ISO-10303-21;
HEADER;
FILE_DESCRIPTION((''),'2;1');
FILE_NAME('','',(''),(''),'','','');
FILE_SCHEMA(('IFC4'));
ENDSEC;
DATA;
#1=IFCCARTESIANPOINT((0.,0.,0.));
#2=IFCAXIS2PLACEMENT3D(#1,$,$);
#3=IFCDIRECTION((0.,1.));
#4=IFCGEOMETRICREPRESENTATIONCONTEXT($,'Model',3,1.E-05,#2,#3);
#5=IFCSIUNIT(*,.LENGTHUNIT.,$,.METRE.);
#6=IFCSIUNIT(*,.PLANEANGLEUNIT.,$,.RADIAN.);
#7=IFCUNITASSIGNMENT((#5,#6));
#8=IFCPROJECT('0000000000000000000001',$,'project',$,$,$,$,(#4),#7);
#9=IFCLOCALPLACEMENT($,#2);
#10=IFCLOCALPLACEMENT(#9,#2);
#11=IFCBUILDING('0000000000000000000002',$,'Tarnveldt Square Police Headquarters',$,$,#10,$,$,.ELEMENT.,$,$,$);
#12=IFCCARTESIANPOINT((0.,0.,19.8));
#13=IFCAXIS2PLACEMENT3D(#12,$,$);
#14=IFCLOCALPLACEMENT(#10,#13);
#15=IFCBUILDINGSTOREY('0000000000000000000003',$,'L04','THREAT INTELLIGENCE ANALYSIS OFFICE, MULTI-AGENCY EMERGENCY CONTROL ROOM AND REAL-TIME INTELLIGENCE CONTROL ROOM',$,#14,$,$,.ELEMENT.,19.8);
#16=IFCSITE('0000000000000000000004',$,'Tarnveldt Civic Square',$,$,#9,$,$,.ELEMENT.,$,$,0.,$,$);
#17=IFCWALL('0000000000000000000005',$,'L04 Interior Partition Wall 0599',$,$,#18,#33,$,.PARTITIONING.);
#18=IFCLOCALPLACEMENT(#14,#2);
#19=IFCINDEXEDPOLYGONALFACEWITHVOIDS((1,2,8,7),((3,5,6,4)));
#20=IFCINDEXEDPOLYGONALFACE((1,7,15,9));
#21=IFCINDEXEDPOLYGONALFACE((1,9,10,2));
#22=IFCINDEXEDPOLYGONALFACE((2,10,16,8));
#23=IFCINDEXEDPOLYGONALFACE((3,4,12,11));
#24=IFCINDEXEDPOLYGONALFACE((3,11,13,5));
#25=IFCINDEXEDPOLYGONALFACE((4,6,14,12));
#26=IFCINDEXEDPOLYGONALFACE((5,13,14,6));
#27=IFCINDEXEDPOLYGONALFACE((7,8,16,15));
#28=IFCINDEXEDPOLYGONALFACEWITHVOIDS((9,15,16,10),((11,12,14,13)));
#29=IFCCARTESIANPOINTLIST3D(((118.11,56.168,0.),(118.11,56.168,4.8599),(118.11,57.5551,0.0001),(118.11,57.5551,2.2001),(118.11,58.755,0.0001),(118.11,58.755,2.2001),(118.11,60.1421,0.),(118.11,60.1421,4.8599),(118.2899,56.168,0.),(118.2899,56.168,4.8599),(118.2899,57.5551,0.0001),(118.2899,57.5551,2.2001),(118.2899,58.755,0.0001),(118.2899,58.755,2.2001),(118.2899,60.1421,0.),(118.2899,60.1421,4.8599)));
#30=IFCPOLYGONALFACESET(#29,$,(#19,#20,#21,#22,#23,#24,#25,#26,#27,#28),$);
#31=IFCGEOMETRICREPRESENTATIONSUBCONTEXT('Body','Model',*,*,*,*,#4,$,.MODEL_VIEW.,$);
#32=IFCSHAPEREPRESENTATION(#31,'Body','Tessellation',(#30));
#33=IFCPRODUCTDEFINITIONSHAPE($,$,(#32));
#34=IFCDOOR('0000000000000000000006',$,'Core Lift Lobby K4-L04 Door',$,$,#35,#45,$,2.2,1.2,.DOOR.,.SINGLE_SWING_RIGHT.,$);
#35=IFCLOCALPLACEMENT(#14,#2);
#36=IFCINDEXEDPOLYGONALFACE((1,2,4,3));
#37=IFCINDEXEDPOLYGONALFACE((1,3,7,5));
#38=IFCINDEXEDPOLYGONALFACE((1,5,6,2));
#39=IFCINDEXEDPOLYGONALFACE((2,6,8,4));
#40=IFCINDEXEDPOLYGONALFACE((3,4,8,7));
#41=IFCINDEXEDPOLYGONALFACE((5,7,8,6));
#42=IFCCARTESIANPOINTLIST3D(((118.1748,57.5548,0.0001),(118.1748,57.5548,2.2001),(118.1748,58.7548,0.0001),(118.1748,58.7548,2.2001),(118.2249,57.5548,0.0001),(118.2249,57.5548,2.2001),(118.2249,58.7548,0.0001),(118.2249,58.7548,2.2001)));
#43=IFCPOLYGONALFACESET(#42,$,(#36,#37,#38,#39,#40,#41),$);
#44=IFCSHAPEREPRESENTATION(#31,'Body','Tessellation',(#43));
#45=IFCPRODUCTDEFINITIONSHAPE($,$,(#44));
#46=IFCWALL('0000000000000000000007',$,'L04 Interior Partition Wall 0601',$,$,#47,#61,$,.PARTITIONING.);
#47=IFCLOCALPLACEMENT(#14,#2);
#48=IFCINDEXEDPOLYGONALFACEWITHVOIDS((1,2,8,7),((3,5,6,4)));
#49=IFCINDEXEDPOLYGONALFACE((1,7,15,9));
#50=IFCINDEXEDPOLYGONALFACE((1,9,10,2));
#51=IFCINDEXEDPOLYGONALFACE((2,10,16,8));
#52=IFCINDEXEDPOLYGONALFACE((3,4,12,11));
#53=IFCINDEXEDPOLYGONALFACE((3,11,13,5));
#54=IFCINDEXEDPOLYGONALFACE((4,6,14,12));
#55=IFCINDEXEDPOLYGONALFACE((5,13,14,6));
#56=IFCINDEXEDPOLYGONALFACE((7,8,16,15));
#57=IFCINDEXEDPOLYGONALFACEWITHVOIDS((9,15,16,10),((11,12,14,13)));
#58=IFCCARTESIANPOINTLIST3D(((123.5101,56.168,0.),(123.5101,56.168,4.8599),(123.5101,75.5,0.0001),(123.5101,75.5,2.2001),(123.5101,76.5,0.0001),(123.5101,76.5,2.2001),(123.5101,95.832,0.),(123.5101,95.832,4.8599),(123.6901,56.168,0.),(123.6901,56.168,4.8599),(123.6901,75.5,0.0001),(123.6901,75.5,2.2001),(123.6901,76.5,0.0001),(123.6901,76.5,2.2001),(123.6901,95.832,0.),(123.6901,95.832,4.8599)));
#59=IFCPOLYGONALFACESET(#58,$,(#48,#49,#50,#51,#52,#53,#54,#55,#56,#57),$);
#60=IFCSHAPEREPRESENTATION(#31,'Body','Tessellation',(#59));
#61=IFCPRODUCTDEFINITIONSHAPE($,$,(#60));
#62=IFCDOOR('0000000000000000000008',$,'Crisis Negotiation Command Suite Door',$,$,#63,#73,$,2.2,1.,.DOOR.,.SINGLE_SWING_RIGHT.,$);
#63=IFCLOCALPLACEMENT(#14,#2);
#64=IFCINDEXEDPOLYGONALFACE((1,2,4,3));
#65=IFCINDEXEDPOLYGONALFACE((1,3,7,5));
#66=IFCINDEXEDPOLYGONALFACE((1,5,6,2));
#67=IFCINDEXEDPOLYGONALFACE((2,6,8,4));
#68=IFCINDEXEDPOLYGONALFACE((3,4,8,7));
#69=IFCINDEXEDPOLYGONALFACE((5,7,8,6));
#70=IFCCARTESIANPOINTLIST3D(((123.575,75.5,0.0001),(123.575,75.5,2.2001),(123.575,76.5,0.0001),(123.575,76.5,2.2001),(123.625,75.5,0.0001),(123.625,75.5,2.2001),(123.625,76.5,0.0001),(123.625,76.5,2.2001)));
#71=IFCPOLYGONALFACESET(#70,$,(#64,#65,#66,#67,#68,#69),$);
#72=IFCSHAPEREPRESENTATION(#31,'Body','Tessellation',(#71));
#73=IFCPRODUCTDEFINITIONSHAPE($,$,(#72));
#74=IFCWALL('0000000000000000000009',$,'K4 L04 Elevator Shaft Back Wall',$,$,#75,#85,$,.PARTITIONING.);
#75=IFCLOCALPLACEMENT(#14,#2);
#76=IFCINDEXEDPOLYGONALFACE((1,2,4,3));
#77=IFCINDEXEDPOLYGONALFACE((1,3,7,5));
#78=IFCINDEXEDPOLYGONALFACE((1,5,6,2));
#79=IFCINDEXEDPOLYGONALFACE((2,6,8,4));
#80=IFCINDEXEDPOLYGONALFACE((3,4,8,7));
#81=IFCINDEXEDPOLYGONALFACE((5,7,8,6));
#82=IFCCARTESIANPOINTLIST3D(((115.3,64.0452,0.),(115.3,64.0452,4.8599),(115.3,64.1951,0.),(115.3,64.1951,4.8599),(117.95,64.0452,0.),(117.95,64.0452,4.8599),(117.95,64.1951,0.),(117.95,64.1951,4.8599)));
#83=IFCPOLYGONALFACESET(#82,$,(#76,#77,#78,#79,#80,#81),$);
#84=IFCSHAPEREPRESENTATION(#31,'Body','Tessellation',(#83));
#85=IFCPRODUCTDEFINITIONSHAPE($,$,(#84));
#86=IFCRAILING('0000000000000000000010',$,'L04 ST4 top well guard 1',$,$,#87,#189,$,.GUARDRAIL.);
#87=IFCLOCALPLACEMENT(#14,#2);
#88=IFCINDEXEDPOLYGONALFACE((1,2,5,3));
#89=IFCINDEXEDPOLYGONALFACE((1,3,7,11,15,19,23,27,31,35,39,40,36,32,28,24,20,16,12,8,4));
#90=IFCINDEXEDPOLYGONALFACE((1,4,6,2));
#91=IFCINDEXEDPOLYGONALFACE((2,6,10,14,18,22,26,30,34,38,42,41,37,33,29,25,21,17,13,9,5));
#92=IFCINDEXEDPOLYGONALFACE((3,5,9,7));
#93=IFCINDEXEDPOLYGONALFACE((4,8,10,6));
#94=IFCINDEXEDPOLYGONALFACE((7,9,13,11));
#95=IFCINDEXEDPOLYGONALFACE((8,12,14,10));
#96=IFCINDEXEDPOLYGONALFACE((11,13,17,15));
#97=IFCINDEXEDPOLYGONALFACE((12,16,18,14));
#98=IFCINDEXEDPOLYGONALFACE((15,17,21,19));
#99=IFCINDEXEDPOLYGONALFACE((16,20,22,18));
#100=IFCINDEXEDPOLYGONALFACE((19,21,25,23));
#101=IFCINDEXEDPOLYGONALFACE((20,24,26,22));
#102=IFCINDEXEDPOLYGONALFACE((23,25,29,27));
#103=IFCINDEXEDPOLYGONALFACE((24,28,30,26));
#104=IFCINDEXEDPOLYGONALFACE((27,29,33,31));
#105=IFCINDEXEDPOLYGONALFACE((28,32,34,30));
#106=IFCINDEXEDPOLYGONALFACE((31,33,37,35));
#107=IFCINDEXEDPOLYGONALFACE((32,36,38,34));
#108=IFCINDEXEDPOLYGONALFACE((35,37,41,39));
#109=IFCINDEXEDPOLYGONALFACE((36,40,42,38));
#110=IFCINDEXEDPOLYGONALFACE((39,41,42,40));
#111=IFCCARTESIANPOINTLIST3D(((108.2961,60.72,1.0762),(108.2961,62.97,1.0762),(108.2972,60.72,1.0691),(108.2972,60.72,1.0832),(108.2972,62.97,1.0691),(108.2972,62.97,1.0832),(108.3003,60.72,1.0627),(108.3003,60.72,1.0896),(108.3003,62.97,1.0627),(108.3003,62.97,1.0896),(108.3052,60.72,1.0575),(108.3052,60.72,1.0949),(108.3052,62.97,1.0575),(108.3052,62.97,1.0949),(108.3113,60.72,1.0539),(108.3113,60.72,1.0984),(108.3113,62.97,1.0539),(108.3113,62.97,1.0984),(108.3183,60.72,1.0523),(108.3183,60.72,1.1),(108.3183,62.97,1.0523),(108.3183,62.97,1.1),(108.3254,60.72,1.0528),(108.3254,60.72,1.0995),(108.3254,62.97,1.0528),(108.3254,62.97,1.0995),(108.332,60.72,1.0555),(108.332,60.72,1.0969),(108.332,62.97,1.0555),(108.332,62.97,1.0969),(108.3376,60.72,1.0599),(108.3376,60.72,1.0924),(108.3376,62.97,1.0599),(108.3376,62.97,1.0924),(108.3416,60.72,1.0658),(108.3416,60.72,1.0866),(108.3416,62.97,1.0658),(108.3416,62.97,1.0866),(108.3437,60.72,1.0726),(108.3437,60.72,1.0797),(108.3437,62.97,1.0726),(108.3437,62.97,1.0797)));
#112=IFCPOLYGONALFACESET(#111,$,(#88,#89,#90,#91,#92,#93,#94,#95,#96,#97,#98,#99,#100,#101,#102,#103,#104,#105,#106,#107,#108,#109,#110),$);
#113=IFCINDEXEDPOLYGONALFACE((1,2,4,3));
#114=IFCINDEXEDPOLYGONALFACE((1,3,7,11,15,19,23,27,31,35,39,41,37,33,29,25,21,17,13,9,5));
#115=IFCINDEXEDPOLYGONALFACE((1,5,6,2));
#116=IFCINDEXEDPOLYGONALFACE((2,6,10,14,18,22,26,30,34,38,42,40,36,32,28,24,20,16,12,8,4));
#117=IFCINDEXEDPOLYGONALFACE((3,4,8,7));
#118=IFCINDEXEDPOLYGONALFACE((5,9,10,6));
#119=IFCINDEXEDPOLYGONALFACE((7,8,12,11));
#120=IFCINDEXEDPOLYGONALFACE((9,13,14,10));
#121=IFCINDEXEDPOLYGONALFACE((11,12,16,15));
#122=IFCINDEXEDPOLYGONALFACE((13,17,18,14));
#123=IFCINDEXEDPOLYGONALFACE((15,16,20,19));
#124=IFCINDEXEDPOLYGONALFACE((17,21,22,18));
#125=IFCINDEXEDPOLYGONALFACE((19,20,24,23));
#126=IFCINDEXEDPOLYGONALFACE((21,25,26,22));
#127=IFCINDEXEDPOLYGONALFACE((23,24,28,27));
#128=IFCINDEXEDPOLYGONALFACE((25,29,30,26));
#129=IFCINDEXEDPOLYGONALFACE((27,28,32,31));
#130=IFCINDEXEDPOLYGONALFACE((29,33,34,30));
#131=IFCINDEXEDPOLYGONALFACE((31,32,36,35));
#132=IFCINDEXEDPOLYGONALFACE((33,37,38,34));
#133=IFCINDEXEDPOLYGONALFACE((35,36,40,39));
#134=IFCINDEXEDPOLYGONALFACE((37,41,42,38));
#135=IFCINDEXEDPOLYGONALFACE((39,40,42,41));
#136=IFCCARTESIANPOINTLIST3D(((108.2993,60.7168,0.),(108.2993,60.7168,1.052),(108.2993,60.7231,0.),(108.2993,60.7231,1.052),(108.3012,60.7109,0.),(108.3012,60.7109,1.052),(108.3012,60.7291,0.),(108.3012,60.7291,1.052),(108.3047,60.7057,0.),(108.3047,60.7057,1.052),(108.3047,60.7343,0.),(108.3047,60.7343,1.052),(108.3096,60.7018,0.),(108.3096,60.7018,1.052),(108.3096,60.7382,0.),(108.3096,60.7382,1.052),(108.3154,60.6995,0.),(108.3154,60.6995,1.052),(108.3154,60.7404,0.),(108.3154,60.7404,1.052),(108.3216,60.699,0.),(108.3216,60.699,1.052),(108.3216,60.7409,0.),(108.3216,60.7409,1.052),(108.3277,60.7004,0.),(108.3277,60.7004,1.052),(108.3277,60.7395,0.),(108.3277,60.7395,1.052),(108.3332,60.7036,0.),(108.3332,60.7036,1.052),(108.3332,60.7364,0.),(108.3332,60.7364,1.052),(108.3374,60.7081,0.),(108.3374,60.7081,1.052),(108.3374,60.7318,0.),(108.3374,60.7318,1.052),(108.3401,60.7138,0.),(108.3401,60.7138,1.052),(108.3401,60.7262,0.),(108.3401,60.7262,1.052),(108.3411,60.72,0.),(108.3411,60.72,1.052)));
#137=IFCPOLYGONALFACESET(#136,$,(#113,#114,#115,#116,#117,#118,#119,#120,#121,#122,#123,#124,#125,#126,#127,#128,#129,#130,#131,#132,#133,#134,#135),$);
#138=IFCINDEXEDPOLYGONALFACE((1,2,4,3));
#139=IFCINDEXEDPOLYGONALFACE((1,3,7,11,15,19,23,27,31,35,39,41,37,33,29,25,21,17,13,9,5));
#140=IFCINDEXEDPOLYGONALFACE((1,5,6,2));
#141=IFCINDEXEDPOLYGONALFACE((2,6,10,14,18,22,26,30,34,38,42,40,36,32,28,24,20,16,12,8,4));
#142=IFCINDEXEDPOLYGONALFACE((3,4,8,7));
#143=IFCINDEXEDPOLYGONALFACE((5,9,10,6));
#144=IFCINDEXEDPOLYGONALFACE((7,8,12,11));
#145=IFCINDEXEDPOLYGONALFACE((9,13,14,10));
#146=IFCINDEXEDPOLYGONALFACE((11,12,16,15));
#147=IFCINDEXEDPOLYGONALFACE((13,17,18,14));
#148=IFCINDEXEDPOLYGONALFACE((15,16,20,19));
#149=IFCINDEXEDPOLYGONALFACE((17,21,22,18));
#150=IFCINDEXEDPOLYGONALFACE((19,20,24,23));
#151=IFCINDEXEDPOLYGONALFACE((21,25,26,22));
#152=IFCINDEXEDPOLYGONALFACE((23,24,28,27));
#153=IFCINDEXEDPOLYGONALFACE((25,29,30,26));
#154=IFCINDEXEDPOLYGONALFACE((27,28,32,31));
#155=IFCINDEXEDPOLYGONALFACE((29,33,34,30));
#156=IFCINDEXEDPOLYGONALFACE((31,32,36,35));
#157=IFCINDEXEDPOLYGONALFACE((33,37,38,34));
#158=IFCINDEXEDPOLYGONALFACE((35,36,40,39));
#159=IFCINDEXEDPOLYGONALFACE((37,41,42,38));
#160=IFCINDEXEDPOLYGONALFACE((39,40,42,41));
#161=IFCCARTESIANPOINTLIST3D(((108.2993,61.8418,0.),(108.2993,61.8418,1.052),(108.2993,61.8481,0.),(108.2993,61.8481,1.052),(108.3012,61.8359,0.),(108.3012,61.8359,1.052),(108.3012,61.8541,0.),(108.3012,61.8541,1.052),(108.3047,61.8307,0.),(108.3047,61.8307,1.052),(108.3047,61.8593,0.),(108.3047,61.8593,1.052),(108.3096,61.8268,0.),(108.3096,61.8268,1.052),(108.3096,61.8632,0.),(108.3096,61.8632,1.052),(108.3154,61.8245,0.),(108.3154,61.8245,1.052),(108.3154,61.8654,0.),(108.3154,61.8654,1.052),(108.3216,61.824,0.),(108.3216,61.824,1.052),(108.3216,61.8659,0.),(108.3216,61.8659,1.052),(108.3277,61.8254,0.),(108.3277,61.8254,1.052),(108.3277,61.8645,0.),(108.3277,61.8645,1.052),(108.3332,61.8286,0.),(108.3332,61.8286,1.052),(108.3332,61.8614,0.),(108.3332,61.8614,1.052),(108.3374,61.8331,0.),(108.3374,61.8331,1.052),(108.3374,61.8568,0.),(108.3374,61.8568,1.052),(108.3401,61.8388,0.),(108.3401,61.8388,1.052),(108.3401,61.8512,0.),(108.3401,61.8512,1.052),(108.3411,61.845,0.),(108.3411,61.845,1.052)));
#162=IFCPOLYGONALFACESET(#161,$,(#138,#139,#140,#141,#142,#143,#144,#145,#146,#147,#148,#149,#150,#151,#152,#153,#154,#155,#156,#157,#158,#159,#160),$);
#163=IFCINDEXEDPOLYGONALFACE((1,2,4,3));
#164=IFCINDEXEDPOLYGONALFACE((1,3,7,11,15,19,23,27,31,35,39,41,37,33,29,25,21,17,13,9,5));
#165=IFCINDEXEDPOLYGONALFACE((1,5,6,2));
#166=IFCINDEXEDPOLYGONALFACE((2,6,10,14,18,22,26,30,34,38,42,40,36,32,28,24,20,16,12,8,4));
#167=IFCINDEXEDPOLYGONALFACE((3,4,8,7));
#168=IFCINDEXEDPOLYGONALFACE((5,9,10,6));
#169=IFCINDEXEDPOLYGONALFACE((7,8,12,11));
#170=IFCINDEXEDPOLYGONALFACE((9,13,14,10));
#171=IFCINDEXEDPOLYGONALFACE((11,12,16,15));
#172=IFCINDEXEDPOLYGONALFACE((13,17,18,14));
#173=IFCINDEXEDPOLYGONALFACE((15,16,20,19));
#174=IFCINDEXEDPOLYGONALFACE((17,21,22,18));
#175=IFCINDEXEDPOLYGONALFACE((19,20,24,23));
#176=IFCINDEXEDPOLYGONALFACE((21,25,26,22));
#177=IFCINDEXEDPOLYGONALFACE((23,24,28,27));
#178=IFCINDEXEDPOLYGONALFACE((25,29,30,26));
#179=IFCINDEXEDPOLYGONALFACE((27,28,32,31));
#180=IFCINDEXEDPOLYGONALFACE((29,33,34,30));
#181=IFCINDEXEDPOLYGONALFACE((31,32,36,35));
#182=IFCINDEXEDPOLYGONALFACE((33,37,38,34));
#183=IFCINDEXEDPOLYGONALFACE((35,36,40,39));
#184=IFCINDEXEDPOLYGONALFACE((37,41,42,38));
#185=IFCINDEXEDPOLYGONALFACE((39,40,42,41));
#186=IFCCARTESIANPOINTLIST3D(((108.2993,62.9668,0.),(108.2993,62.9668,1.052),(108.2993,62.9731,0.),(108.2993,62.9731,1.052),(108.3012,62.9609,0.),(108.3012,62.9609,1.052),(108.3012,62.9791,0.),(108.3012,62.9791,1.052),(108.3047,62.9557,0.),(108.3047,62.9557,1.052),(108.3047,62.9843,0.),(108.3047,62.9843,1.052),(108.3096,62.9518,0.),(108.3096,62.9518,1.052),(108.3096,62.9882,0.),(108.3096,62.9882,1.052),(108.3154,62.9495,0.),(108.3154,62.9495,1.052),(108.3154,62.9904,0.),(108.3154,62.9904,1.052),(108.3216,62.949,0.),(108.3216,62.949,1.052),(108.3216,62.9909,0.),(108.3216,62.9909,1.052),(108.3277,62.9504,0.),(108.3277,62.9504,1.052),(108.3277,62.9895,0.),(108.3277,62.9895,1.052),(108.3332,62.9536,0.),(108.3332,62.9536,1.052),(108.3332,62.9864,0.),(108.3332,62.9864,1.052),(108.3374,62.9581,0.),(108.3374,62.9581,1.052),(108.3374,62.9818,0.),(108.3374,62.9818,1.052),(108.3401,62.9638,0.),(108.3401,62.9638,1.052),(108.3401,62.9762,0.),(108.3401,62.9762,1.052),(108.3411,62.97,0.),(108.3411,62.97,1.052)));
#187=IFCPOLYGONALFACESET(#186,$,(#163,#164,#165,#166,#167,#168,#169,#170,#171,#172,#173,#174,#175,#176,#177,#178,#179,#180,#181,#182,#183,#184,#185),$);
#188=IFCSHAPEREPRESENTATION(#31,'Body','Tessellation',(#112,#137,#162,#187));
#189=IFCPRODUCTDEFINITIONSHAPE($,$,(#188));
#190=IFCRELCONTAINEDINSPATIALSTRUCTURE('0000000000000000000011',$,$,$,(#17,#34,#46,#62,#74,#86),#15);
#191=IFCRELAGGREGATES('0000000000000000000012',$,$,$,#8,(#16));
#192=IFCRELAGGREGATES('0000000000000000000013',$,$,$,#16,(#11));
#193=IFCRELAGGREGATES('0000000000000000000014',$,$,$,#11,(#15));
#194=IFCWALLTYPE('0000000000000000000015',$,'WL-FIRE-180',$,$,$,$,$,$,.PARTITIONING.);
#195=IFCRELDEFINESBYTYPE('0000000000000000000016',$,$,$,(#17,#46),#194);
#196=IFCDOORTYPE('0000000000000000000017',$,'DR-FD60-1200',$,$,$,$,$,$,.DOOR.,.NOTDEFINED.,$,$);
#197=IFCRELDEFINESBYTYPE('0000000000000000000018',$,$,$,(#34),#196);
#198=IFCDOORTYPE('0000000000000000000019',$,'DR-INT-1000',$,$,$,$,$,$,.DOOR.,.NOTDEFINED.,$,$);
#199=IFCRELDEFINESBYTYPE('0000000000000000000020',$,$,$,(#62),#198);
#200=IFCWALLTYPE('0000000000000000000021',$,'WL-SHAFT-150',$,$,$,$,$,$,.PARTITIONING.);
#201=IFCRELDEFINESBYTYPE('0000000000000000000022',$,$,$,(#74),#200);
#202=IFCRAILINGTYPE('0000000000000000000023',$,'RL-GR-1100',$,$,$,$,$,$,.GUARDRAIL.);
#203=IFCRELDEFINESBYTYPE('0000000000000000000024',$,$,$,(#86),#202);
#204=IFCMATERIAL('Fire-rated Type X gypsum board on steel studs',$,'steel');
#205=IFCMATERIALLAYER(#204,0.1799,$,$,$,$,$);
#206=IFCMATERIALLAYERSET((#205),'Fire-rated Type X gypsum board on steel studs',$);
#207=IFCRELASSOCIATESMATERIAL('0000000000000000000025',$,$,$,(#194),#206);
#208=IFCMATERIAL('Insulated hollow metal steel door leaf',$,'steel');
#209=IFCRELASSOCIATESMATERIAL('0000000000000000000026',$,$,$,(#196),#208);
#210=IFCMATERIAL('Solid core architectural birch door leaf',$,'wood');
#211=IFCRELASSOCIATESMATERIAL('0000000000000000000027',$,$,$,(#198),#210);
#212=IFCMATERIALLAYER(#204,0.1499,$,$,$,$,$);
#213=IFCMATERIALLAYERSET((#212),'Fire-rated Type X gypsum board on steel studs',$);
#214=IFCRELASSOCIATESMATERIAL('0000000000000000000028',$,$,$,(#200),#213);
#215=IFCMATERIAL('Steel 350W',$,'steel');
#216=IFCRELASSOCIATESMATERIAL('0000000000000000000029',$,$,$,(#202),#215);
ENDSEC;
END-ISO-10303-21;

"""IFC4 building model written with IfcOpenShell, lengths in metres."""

from ifc_helpers import new_model, si_unit, direction, frame, frame_2d, origin, origin_2d, place, context, subcontext, project, spatial, rectangle, circle, extrude, material, layer, layer_set, type_object, element, fill, save


model = new_model("IFC4")

# Units and contexts
model_context = context("Model", 3, precision=1e-05, world=origin(), true_north=direction((0.0, 1.0)))
body_context = subcontext(model_context, "Body", "Model", "MODEL_VIEW")
ifc_project = project(units=[si_unit("LENGTHUNIT", "METRE"), si_unit("PLANEANGLEUNIT", "RADIAN")], contexts=[model_context])

# Site, building, storey
site_placement = place(None, origin())
site = spatial("IfcSite", under=ifc_project, at=site_placement, Name="Tarnveldt Civic Square", CompositionType="ELEMENT", RefElevation=0.0)
building_placement = place(site_placement, origin())
building = spatial("IfcBuilding", under=site, at=building_placement, Name="Tarnveldt Square Police Headquarters", CompositionType="ELEMENT")
storey_placement = place(building_placement, frame((0.0, 0.0, 19.8)))
storey = spatial("IfcBuildingStorey", under=building, at=storey_placement, Name="L04", Description="THREAT INTELLIGENCE ANALYSIS OFFICE, MULTI-AGENCY EMERGENCY CONTROL ROOM AND REAL-TIME INTELLIGENCE CONTROL ROOM", CompositionType="ELEMENT", Elevation=19.8)

# Shared definitions
ifc_material_1 = material(Name="Steel 350W", Category="steel")

# Shared definitions
ifc_material_2 = material(Name="Insulated hollow metal steel door leaf", Category="steel")

# Walls, openings, doors
ifc_material_3 = material(Name="Fire-rated Type X gypsum board on steel studs", Category="steel")
ifc_layer_1 = layer(ifc_material_3, 0.1799)
ifc_layer_set_1 = layer_set([ifc_layer_1], Name="Fire-rated Type X gypsum board on steel studs")
wall_type_1 = type_object("IfcWallType", Name="WL-FIRE-180", PredefinedType="PARTITIONING", material=ifc_layer_set_1)
wall_1_placement = place(storey_placement, frame((118.2, 56.168, 0.0), z_axis=(0.0, 0.0, 1.0), x_axis=(0.0, 1.0, 0.0)))
wall_1 = element("IfcWall", 1, at=wall_1_placement, inside=storey, type_object=wall_type_1, Name="L04 Interior Partition Wall 0599", PredefinedType="PARTITIONING", context=body_context, shape_type="SweptSolid", body=[
    extrude(rectangle(XDim=3.9741, YDim=0.1799, at=frame_2d((1.9871, 0.0))), origin(), (0.0, 0.0, 1.0), 4.8599),
])
opening_1_placement = place(wall_1_placement, frame((1.387, 0.0, 0.0)))
opening_1 = element("IfcOpeningElement", 2, at=opening_1_placement, cuts=wall_1, PredefinedType="OPENING", context=body_context, shape_type="SweptSolid", body=[
    extrude(rectangle(XDim=1.2, YDim=2.2, at=frame_2d((0.6001, 1.1001))), frame((0.0, 0.0999, 0.0), z_axis=(0.0, -1.0, 0.0), x_axis=(1.0, 0.0, 0.0)), (0.0, 0.0, 1.0), 0.2),
])
door_type_1 = type_object("IfcDoorType", Name="DR-FD60-1200", OperationType="NOTDEFINED", PredefinedType="DOOR", material=ifc_material_2)
door_1_placement = place(opening_1_placement, frame((1.2, 0.0, 0.0), z_axis=(0.0, 0.0, 1.0), x_axis=(-1.0, 0.0, 0.0)))
door_1 = element("IfcDoor", 3, at=door_1_placement, inside=storey, type_object=door_type_1, Name="Core Lift Lobby K4-L04 Door", OperationType="SINGLE_SWING_RIGHT", OverallHeight=2.2, OverallWidth=1.2, PredefinedType="DOOR", context=body_context, shape_type="SweptSolid", body=[
    extrude(rectangle(XDim=1.2, YDim=2.2, at=frame_2d((0.6001, 1.1001))), frame((0.0, 0.0249, 0.0), z_axis=(0.0, -1.0, 0.0), x_axis=(1.0, 0.0, 0.0)), (0.0, 0.0, 1.0), 0.05),
])
fill(opening_1, door_1)
wall_2_placement = place(storey_placement, frame((123.6001, 56.168, 0.0), z_axis=(0.0, 0.0, 1.0), x_axis=(0.0, 1.0, 0.0)))
wall_2 = element("IfcWall", 4, at=wall_2_placement, inside=storey, type_object=wall_type_1, Name="L04 Interior Partition Wall 0601", PredefinedType="PARTITIONING", context=body_context, shape_type="SweptSolid", body=[
    extrude(rectangle(XDim=39.6641, YDim=0.1799, at=frame_2d((19.832, 0.0))), origin(), (0.0, 0.0, 1.0), 4.8599),
])
opening_2_placement = place(wall_2_placement, frame((19.332, 0.0, 0.0)))
opening_2 = element("IfcOpeningElement", 5, at=opening_2_placement, cuts=wall_2, PredefinedType="OPENING", context=body_context, shape_type="SweptSolid", body=[
    extrude(rectangle(XDim=1.0, YDim=2.2, at=frame_2d((0.5, 1.1001))), frame((0.0, 0.0999, 0.0), z_axis=(0.0, -1.0, 0.0), x_axis=(1.0, 0.0, 0.0)), (0.0, 0.0, 1.0), 0.2),
])
ifc_material_4 = material(Name="Solid core architectural birch door leaf", Category="wood")
door_type_2 = type_object("IfcDoorType", Name="DR-INT-1000", OperationType="NOTDEFINED", PredefinedType="DOOR", material=ifc_material_4)
door_2_placement = place(opening_2_placement, frame((1.0, 0.0, 0.0), z_axis=(0.0, 0.0, 1.0), x_axis=(-1.0, 0.0, 0.0)))
door_2 = element("IfcDoor", 6, at=door_2_placement, inside=storey, type_object=door_type_2, Name="Crisis Negotiation Command Suite Door", OperationType="SINGLE_SWING_RIGHT", OverallHeight=2.2, OverallWidth=1.0, PredefinedType="DOOR", context=body_context, shape_type="SweptSolid", body=[
    extrude(rectangle(XDim=1.0, YDim=2.2, at=frame_2d((0.5, 1.1001))), frame((0.0, 0.0249, 0.0), z_axis=(0.0, -1.0, 0.0), x_axis=(1.0, 0.0, 0.0)), (0.0, 0.0, 1.0), 0.05),
])
fill(opening_2, door_2)

# Wall
ifc_layer_2 = layer(ifc_material_3, 0.1499)
ifc_layer_set_2 = layer_set([ifc_layer_2], Name="Fire-rated Type X gypsum board on steel studs")
wall_type_2 = type_object("IfcWallType", Name="WL-SHAFT-150", PredefinedType="PARTITIONING", material=ifc_layer_set_2)
wall_3_placement = place(storey_placement, frame((115.3, 64.1201, 0.0), z_axis=(0.0, 0.0, 1.0), x_axis=(1.0, 0.0, 0.0)))
element("IfcWall", 7, at=wall_3_placement, inside=storey, type_object=wall_type_2, Name="K4 L04 Elevator Shaft Back Wall", PredefinedType="PARTITIONING", context=body_context, shape_type="SweptSolid", body=[
    extrude(rectangle(XDim=2.6499, YDim=0.1499, at=frame_2d((1.325, 0.0))), origin(), (0.0, 0.0, 1.0), 4.8599),
])

# Railing
railing_type = type_object("IfcRailingType", Name="RL-GR-1100", PredefinedType="GUARDRAIL", material=ifc_material_1)
railing_1_placement = place(storey_placement, frame((108.3201, 60.72, 0.0)))
element("IfcRailing", 8, at=railing_1_placement, inside=storey, type_object=railing_type, Name="L04 ST4 top well guard 1", PredefinedType="GUARDRAIL", context=body_context, shape_type="SweptSolid", body=[
    extrude(circle(Radius=0.0239, at=origin_2d()), frame((0.0, 0.0, 1.0762), z_axis=(0.0, 1.0, 0.0), x_axis=(-1.0, 0.0, 0.0)), (0.0, 0.0, 1.0), 2.25),
    extrude(circle(Radius=0.021, at=origin_2d()), origin(), (0.0, 0.0, 1.0), 1.052),
    extrude(circle(Radius=0.021, at=origin_2d()), frame((0.0, 1.125, 0.0)), (0.0, 0.0, 1.0), 1.052),
    extrude(circle(Radius=0.021, at=origin_2d()), frame((0.0, 2.25, 0.0)), (0.0, 0.0, 1.0), 1.052),
])

save(model, "model.ifc")
